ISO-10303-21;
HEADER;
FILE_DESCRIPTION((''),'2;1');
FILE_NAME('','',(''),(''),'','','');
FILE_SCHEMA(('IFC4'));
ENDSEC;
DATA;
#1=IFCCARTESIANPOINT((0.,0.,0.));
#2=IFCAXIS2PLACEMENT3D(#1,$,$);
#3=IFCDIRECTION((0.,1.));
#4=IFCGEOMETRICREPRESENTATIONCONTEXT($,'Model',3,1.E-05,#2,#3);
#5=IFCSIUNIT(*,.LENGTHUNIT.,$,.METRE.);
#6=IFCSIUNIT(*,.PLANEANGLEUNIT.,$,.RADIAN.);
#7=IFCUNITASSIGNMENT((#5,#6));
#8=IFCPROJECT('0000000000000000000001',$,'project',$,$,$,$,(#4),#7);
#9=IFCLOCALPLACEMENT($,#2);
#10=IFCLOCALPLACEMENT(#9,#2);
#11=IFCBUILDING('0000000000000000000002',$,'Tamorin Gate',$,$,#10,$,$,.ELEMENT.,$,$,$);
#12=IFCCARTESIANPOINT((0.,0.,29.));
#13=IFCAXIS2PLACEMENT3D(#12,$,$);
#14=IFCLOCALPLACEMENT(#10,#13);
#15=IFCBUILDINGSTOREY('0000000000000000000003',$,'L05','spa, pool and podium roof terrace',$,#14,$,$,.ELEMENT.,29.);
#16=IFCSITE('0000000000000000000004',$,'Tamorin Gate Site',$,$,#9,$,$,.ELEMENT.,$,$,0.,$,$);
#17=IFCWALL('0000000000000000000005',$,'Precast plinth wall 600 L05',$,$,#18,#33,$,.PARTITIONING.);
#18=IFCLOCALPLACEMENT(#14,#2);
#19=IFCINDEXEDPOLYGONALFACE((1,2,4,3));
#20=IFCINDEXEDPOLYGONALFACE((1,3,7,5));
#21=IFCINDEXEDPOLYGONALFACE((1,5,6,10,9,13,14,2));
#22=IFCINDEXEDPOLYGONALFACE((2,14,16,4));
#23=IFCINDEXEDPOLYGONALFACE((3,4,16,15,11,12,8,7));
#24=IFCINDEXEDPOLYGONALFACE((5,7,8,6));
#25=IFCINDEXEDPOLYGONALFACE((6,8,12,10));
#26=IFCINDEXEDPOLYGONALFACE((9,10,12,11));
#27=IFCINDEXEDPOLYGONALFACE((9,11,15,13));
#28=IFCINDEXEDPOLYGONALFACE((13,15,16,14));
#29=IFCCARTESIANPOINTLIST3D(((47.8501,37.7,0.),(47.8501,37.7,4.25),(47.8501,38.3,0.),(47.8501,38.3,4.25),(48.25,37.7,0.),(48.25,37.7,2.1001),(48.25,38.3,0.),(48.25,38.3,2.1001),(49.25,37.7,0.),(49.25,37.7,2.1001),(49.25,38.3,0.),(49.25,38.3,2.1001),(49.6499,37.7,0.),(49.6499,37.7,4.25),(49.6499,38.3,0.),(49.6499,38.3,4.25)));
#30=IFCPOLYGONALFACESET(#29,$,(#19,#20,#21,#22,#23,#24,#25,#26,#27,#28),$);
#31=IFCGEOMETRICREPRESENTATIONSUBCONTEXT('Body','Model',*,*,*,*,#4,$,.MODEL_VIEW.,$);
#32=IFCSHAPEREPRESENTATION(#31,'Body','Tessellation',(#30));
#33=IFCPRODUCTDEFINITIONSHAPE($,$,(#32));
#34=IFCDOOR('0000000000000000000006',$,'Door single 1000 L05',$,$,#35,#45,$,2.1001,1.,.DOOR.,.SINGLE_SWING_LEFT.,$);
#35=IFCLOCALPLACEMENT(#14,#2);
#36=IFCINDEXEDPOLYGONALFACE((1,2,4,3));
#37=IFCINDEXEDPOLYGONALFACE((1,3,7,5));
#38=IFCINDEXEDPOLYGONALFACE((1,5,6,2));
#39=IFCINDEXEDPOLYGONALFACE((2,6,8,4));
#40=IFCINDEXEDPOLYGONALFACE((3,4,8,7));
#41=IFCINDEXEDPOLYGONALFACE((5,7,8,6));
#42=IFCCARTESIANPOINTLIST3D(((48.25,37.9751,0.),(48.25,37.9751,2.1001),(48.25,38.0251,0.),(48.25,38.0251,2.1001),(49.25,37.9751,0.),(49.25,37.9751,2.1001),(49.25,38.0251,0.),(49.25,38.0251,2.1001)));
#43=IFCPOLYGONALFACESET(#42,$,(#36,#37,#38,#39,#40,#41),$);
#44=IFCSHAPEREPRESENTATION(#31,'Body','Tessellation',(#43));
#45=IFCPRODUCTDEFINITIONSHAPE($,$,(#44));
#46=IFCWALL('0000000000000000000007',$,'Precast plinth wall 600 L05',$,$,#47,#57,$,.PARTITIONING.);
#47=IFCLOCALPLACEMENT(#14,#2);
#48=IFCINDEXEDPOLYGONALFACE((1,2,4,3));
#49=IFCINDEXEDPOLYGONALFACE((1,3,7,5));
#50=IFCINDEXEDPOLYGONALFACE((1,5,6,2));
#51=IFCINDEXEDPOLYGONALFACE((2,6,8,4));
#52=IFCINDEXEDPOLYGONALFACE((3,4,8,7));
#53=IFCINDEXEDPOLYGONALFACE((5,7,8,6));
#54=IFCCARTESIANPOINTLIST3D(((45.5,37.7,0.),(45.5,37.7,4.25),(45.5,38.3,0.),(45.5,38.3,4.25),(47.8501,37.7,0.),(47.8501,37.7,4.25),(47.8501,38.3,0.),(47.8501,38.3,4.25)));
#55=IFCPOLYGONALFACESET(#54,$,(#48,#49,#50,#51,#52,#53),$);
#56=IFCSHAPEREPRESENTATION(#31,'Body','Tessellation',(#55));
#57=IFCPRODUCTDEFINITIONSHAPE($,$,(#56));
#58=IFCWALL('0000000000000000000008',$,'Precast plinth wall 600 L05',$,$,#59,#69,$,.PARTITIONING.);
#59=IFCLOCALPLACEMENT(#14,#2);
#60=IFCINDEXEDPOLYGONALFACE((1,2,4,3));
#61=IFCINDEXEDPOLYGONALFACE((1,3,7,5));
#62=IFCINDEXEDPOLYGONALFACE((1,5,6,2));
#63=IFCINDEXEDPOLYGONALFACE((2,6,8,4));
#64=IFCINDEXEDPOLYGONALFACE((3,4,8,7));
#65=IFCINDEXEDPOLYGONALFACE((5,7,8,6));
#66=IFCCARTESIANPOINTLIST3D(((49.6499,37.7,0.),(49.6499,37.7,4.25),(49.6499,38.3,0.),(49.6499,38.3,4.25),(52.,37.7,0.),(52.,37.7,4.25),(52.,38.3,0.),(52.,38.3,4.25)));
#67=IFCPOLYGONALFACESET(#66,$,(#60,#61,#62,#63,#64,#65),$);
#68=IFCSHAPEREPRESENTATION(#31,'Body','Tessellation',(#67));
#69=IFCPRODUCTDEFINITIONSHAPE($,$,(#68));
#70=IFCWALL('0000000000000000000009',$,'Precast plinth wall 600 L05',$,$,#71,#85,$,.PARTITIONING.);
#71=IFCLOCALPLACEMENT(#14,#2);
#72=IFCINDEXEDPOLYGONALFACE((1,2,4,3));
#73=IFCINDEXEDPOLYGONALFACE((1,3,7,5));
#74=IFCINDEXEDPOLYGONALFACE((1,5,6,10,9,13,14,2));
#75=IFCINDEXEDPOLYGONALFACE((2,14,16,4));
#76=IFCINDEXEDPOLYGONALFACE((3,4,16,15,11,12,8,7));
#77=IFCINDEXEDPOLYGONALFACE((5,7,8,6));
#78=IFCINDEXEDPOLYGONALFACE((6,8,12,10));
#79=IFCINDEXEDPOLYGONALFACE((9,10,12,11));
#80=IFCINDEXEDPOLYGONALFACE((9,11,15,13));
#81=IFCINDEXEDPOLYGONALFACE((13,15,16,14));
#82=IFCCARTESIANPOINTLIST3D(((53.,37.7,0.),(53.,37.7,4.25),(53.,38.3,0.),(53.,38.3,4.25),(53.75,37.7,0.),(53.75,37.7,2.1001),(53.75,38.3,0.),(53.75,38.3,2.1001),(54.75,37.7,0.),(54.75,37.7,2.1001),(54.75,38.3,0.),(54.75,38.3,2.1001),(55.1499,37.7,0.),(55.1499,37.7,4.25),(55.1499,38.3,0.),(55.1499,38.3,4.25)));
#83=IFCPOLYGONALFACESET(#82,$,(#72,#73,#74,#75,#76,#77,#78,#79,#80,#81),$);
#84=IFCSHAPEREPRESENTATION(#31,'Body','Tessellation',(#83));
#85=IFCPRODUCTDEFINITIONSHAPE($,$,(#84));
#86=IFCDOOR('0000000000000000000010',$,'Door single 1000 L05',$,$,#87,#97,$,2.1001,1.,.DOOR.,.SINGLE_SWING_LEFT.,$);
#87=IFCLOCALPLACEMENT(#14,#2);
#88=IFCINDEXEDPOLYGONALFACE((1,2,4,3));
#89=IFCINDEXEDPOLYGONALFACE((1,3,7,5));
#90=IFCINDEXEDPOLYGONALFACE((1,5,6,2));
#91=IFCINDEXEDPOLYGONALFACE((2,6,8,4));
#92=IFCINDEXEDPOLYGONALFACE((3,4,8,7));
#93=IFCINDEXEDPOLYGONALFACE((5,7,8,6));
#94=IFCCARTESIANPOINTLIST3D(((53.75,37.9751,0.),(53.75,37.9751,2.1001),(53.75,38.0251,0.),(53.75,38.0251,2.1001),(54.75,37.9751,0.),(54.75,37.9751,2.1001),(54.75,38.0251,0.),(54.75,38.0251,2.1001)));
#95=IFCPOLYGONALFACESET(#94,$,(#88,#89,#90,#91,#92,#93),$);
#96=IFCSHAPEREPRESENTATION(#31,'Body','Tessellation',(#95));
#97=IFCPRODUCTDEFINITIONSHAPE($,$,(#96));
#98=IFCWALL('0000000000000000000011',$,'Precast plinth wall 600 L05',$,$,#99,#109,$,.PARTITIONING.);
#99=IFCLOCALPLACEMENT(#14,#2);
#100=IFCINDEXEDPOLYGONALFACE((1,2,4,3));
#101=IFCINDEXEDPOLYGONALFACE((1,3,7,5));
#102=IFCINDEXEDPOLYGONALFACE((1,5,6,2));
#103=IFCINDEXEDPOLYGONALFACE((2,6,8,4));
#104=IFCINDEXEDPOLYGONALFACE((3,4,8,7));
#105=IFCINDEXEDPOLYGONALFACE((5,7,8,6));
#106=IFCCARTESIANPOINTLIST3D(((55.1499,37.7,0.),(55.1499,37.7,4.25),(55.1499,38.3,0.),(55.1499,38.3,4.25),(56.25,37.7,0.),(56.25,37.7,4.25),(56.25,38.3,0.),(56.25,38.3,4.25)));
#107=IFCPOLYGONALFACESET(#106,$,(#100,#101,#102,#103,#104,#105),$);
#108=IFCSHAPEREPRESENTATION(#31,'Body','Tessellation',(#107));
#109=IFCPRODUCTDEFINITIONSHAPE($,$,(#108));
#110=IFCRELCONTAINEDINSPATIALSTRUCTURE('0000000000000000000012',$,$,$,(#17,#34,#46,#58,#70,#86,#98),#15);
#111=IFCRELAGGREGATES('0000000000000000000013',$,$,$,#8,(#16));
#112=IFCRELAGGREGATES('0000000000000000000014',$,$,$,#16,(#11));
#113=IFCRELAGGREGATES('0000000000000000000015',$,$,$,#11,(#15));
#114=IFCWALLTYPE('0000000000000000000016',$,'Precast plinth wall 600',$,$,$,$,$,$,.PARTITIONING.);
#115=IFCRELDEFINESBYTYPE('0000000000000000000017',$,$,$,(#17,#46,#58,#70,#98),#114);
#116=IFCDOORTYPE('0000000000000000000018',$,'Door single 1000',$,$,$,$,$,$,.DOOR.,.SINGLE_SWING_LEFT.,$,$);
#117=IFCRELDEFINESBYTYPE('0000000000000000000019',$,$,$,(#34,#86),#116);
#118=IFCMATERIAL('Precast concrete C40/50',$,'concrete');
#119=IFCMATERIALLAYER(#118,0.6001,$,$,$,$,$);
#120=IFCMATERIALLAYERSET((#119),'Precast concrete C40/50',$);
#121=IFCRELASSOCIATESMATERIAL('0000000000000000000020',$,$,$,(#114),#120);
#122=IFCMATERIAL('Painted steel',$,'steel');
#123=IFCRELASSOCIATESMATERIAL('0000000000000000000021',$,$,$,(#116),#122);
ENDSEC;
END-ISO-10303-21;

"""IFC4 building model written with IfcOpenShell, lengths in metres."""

from ifc_helpers import new_model, si_unit, direction, frame, frame_2d, origin, place, context, subcontext, project, spatial, rectangle, extrude, material, layer, layer_set, type_object, element, fill, save


model = new_model("IFC4")

# Units and contexts
model_context = context("Model", 3, precision=1e-05, world=origin(), true_north=direction((0.0, 1.0)))
body_context = subcontext(model_context, "Body", "Model", "MODEL_VIEW")
ifc_project = project(units=[si_unit("LENGTHUNIT", "METRE"), si_unit("PLANEANGLEUNIT", "RADIAN")], contexts=[model_context])

# Site, building, storey
site_placement = place(None, origin())
site = spatial("IfcSite", under=ifc_project, at=site_placement, Name="Tamorin Gate Site", CompositionType="ELEMENT", RefElevation=0.0)
building_placement = place(site_placement, origin())
building = spatial("IfcBuilding", under=site, at=building_placement, Name="Tamorin Gate", CompositionType="ELEMENT")
storey_placement = place(building_placement, frame((0.0, 0.0, 29.0)))
storey = spatial("IfcBuildingStorey", under=building, at=storey_placement, Name="L05", Description="spa, pool and podium roof terrace", CompositionType="ELEMENT", Elevation=29.0)

# Shared definitions
ifc_material_1 = material(Name="Precast concrete C40/50", Category="concrete")
ifc_layer_1 = layer(ifc_material_1, 0.6001)
ifc_layer_set_1 = layer_set([ifc_layer_1], Name="Precast concrete C40/50")
wall_type_1 = type_object("IfcWallType", Name="Precast plinth wall 600", PredefinedType="PARTITIONING", material=ifc_layer_set_1)
ifc_material_2 = material(Name="Painted steel", Category="steel")
door_type = type_object("IfcDoorType", Name="Door single 1000", OperationType="SINGLE_SWING_LEFT", PredefinedType="DOOR", material=ifc_material_2)

# Wall, opening, door
wall_1_placement = place(storey_placement, frame((49.6499, 38.0, 0.0), z_axis=(0.0, 0.0, 1.0), x_axis=(-1.0, 0.0, 0.0)))
wall_1 = element("IfcWall", 1, at=wall_1_placement, inside=storey, type_object=wall_type_1, Name="Precast plinth wall 600 L05", PredefinedType="PARTITIONING", context=body_context, shape_type="SweptSolid", body=[
    extrude(rectangle(XDim=1.7998, YDim=0.6001, at=frame_2d((0.8999, 0.0))), origin(), (0.0, 0.0, 1.0), 4.25),
])
opening_1_placement = place(wall_1_placement, frame((0.3999, 0.0, 0.0)))
opening_1 = element("IfcOpeningElement", 2, at=opening_1_placement, cuts=wall_1, PredefinedType="OPENING", context=body_context, shape_type="SweptSolid", body=[
    extrude(rectangle(XDim=1.0, YDim=2.1001, at=frame_2d((0.5, 1.05))), frame((0.0, 0.3101, 0.0), z_axis=(0.0, -1.0, 0.0), x_axis=(1.0, 0.0, 0.0)), (0.0, 0.0, 1.0), 0.6201),
])
door_1_placement = place(opening_1_placement, origin())
door_1 = element("IfcDoor", 3, at=door_1_placement, inside=storey, type_object=door_type, Name="Door single 1000 L05", OperationType="SINGLE_SWING_LEFT", OverallHeight=2.1001, OverallWidth=1.0, PredefinedType="DOOR", context=body_context, shape_type="SweptSolid", body=[
    extrude(rectangle(XDim=1.0, YDim=2.1001, at=frame_2d((0.5, 1.05))), frame((0.0, 0.0249, 0.0), z_axis=(0.0, -1.0, 0.0), x_axis=(1.0, 0.0, 0.0)), (0.0, 0.0, 1.0), 0.05),
])
fill(opening_1, door_1)

# Walls
for number, where, z_axis, x_axis, name in (
    (4, (45.5, 38.0, 0.0), (0.0, 0.0, 1.0), (1.0, 0.0, 0.0), "Precast plinth wall 600 L05"),
    (5, (49.6499, 38.0, 0.0), (0.0, 0.0, 1.0), (1.0, 0.0, 0.0), "Precast plinth wall 600 L05"),
):
    element("IfcWall", number, at=place(storey_placement, frame(where, z_axis=z_axis, x_axis=x_axis)), inside=storey, type_object=wall_type_1, Name=name, PredefinedType="PARTITIONING", context=body_context, shape_type="SweptSolid", body=[
        extrude(rectangle(XDim=2.3501, YDim=0.6001, at=frame_2d((1.175, 0.0))), origin(), (0.0, 0.0, 1.0), 4.25),
    ])

# Wall, opening, door
wall_2_placement = place(storey_placement, frame((55.1499, 38.0, 0.0), z_axis=(0.0, 0.0, 1.0), x_axis=(-1.0, 0.0, 0.0)))
wall_2 = element("IfcWall", 6, at=wall_2_placement, inside=storey, type_object=wall_type_1, Name="Precast plinth wall 600 L05", PredefinedType="PARTITIONING", context=body_context, shape_type="SweptSolid", body=[
    extrude(rectangle(XDim=2.1499, YDim=0.6001, at=frame_2d((1.075, 0.0))), origin(), (0.0, 0.0, 1.0), 4.25),
])
opening_2_placement = place(wall_2_placement, frame((0.3999, 0.0, 0.0)))
opening_2 = element("IfcOpeningElement", 7, at=opening_2_placement, cuts=wall_2, PredefinedType="OPENING", context=body_context, shape_type="SweptSolid", body=[
    extrude(rectangle(XDim=1.0, YDim=2.1001, at=frame_2d((0.5, 1.05))), frame((0.0, 0.3101, 0.0), z_axis=(0.0, -1.0, 0.0), x_axis=(1.0, 0.0, 0.0)), (0.0, 0.0, 1.0), 0.6201),
])
door_2_placement = place(opening_2_placement, origin())
door_2 = element("IfcDoor", 8, at=door_2_placement, inside=storey, type_object=door_type, Name="Door single 1000 L05", OperationType="SINGLE_SWING_LEFT", OverallHeight=2.1001, OverallWidth=1.0, PredefinedType="DOOR", context=body_context, shape_type="SweptSolid", body=[
    extrude(rectangle(XDim=1.0, YDim=2.1001, at=frame_2d((0.5, 1.05))), frame((0.0, 0.0249, 0.0), z_axis=(0.0, -1.0, 0.0), x_axis=(1.0, 0.0, 0.0)), (0.0, 0.0, 1.0), 0.05),
])
fill(opening_2, door_2)

# Wall
wall_3_placement = place(storey_placement, frame((55.1499, 38.0, 0.0), z_axis=(0.0, 0.0, 1.0), x_axis=(1.0, 0.0, 0.0)))
element("IfcWall", 9, at=wall_3_placement, inside=storey, type_object=wall_type_1, Name="Precast plinth wall 600 L05", PredefinedType="PARTITIONING", context=body_context, shape_type="SweptSolid", body=[
    extrude(rectangle(XDim=1.1001, YDim=0.6001, at=frame_2d((0.55, 0.0))), origin(), (0.0, 0.0, 1.0), 4.25),
])

save(model, "model.ifc")
